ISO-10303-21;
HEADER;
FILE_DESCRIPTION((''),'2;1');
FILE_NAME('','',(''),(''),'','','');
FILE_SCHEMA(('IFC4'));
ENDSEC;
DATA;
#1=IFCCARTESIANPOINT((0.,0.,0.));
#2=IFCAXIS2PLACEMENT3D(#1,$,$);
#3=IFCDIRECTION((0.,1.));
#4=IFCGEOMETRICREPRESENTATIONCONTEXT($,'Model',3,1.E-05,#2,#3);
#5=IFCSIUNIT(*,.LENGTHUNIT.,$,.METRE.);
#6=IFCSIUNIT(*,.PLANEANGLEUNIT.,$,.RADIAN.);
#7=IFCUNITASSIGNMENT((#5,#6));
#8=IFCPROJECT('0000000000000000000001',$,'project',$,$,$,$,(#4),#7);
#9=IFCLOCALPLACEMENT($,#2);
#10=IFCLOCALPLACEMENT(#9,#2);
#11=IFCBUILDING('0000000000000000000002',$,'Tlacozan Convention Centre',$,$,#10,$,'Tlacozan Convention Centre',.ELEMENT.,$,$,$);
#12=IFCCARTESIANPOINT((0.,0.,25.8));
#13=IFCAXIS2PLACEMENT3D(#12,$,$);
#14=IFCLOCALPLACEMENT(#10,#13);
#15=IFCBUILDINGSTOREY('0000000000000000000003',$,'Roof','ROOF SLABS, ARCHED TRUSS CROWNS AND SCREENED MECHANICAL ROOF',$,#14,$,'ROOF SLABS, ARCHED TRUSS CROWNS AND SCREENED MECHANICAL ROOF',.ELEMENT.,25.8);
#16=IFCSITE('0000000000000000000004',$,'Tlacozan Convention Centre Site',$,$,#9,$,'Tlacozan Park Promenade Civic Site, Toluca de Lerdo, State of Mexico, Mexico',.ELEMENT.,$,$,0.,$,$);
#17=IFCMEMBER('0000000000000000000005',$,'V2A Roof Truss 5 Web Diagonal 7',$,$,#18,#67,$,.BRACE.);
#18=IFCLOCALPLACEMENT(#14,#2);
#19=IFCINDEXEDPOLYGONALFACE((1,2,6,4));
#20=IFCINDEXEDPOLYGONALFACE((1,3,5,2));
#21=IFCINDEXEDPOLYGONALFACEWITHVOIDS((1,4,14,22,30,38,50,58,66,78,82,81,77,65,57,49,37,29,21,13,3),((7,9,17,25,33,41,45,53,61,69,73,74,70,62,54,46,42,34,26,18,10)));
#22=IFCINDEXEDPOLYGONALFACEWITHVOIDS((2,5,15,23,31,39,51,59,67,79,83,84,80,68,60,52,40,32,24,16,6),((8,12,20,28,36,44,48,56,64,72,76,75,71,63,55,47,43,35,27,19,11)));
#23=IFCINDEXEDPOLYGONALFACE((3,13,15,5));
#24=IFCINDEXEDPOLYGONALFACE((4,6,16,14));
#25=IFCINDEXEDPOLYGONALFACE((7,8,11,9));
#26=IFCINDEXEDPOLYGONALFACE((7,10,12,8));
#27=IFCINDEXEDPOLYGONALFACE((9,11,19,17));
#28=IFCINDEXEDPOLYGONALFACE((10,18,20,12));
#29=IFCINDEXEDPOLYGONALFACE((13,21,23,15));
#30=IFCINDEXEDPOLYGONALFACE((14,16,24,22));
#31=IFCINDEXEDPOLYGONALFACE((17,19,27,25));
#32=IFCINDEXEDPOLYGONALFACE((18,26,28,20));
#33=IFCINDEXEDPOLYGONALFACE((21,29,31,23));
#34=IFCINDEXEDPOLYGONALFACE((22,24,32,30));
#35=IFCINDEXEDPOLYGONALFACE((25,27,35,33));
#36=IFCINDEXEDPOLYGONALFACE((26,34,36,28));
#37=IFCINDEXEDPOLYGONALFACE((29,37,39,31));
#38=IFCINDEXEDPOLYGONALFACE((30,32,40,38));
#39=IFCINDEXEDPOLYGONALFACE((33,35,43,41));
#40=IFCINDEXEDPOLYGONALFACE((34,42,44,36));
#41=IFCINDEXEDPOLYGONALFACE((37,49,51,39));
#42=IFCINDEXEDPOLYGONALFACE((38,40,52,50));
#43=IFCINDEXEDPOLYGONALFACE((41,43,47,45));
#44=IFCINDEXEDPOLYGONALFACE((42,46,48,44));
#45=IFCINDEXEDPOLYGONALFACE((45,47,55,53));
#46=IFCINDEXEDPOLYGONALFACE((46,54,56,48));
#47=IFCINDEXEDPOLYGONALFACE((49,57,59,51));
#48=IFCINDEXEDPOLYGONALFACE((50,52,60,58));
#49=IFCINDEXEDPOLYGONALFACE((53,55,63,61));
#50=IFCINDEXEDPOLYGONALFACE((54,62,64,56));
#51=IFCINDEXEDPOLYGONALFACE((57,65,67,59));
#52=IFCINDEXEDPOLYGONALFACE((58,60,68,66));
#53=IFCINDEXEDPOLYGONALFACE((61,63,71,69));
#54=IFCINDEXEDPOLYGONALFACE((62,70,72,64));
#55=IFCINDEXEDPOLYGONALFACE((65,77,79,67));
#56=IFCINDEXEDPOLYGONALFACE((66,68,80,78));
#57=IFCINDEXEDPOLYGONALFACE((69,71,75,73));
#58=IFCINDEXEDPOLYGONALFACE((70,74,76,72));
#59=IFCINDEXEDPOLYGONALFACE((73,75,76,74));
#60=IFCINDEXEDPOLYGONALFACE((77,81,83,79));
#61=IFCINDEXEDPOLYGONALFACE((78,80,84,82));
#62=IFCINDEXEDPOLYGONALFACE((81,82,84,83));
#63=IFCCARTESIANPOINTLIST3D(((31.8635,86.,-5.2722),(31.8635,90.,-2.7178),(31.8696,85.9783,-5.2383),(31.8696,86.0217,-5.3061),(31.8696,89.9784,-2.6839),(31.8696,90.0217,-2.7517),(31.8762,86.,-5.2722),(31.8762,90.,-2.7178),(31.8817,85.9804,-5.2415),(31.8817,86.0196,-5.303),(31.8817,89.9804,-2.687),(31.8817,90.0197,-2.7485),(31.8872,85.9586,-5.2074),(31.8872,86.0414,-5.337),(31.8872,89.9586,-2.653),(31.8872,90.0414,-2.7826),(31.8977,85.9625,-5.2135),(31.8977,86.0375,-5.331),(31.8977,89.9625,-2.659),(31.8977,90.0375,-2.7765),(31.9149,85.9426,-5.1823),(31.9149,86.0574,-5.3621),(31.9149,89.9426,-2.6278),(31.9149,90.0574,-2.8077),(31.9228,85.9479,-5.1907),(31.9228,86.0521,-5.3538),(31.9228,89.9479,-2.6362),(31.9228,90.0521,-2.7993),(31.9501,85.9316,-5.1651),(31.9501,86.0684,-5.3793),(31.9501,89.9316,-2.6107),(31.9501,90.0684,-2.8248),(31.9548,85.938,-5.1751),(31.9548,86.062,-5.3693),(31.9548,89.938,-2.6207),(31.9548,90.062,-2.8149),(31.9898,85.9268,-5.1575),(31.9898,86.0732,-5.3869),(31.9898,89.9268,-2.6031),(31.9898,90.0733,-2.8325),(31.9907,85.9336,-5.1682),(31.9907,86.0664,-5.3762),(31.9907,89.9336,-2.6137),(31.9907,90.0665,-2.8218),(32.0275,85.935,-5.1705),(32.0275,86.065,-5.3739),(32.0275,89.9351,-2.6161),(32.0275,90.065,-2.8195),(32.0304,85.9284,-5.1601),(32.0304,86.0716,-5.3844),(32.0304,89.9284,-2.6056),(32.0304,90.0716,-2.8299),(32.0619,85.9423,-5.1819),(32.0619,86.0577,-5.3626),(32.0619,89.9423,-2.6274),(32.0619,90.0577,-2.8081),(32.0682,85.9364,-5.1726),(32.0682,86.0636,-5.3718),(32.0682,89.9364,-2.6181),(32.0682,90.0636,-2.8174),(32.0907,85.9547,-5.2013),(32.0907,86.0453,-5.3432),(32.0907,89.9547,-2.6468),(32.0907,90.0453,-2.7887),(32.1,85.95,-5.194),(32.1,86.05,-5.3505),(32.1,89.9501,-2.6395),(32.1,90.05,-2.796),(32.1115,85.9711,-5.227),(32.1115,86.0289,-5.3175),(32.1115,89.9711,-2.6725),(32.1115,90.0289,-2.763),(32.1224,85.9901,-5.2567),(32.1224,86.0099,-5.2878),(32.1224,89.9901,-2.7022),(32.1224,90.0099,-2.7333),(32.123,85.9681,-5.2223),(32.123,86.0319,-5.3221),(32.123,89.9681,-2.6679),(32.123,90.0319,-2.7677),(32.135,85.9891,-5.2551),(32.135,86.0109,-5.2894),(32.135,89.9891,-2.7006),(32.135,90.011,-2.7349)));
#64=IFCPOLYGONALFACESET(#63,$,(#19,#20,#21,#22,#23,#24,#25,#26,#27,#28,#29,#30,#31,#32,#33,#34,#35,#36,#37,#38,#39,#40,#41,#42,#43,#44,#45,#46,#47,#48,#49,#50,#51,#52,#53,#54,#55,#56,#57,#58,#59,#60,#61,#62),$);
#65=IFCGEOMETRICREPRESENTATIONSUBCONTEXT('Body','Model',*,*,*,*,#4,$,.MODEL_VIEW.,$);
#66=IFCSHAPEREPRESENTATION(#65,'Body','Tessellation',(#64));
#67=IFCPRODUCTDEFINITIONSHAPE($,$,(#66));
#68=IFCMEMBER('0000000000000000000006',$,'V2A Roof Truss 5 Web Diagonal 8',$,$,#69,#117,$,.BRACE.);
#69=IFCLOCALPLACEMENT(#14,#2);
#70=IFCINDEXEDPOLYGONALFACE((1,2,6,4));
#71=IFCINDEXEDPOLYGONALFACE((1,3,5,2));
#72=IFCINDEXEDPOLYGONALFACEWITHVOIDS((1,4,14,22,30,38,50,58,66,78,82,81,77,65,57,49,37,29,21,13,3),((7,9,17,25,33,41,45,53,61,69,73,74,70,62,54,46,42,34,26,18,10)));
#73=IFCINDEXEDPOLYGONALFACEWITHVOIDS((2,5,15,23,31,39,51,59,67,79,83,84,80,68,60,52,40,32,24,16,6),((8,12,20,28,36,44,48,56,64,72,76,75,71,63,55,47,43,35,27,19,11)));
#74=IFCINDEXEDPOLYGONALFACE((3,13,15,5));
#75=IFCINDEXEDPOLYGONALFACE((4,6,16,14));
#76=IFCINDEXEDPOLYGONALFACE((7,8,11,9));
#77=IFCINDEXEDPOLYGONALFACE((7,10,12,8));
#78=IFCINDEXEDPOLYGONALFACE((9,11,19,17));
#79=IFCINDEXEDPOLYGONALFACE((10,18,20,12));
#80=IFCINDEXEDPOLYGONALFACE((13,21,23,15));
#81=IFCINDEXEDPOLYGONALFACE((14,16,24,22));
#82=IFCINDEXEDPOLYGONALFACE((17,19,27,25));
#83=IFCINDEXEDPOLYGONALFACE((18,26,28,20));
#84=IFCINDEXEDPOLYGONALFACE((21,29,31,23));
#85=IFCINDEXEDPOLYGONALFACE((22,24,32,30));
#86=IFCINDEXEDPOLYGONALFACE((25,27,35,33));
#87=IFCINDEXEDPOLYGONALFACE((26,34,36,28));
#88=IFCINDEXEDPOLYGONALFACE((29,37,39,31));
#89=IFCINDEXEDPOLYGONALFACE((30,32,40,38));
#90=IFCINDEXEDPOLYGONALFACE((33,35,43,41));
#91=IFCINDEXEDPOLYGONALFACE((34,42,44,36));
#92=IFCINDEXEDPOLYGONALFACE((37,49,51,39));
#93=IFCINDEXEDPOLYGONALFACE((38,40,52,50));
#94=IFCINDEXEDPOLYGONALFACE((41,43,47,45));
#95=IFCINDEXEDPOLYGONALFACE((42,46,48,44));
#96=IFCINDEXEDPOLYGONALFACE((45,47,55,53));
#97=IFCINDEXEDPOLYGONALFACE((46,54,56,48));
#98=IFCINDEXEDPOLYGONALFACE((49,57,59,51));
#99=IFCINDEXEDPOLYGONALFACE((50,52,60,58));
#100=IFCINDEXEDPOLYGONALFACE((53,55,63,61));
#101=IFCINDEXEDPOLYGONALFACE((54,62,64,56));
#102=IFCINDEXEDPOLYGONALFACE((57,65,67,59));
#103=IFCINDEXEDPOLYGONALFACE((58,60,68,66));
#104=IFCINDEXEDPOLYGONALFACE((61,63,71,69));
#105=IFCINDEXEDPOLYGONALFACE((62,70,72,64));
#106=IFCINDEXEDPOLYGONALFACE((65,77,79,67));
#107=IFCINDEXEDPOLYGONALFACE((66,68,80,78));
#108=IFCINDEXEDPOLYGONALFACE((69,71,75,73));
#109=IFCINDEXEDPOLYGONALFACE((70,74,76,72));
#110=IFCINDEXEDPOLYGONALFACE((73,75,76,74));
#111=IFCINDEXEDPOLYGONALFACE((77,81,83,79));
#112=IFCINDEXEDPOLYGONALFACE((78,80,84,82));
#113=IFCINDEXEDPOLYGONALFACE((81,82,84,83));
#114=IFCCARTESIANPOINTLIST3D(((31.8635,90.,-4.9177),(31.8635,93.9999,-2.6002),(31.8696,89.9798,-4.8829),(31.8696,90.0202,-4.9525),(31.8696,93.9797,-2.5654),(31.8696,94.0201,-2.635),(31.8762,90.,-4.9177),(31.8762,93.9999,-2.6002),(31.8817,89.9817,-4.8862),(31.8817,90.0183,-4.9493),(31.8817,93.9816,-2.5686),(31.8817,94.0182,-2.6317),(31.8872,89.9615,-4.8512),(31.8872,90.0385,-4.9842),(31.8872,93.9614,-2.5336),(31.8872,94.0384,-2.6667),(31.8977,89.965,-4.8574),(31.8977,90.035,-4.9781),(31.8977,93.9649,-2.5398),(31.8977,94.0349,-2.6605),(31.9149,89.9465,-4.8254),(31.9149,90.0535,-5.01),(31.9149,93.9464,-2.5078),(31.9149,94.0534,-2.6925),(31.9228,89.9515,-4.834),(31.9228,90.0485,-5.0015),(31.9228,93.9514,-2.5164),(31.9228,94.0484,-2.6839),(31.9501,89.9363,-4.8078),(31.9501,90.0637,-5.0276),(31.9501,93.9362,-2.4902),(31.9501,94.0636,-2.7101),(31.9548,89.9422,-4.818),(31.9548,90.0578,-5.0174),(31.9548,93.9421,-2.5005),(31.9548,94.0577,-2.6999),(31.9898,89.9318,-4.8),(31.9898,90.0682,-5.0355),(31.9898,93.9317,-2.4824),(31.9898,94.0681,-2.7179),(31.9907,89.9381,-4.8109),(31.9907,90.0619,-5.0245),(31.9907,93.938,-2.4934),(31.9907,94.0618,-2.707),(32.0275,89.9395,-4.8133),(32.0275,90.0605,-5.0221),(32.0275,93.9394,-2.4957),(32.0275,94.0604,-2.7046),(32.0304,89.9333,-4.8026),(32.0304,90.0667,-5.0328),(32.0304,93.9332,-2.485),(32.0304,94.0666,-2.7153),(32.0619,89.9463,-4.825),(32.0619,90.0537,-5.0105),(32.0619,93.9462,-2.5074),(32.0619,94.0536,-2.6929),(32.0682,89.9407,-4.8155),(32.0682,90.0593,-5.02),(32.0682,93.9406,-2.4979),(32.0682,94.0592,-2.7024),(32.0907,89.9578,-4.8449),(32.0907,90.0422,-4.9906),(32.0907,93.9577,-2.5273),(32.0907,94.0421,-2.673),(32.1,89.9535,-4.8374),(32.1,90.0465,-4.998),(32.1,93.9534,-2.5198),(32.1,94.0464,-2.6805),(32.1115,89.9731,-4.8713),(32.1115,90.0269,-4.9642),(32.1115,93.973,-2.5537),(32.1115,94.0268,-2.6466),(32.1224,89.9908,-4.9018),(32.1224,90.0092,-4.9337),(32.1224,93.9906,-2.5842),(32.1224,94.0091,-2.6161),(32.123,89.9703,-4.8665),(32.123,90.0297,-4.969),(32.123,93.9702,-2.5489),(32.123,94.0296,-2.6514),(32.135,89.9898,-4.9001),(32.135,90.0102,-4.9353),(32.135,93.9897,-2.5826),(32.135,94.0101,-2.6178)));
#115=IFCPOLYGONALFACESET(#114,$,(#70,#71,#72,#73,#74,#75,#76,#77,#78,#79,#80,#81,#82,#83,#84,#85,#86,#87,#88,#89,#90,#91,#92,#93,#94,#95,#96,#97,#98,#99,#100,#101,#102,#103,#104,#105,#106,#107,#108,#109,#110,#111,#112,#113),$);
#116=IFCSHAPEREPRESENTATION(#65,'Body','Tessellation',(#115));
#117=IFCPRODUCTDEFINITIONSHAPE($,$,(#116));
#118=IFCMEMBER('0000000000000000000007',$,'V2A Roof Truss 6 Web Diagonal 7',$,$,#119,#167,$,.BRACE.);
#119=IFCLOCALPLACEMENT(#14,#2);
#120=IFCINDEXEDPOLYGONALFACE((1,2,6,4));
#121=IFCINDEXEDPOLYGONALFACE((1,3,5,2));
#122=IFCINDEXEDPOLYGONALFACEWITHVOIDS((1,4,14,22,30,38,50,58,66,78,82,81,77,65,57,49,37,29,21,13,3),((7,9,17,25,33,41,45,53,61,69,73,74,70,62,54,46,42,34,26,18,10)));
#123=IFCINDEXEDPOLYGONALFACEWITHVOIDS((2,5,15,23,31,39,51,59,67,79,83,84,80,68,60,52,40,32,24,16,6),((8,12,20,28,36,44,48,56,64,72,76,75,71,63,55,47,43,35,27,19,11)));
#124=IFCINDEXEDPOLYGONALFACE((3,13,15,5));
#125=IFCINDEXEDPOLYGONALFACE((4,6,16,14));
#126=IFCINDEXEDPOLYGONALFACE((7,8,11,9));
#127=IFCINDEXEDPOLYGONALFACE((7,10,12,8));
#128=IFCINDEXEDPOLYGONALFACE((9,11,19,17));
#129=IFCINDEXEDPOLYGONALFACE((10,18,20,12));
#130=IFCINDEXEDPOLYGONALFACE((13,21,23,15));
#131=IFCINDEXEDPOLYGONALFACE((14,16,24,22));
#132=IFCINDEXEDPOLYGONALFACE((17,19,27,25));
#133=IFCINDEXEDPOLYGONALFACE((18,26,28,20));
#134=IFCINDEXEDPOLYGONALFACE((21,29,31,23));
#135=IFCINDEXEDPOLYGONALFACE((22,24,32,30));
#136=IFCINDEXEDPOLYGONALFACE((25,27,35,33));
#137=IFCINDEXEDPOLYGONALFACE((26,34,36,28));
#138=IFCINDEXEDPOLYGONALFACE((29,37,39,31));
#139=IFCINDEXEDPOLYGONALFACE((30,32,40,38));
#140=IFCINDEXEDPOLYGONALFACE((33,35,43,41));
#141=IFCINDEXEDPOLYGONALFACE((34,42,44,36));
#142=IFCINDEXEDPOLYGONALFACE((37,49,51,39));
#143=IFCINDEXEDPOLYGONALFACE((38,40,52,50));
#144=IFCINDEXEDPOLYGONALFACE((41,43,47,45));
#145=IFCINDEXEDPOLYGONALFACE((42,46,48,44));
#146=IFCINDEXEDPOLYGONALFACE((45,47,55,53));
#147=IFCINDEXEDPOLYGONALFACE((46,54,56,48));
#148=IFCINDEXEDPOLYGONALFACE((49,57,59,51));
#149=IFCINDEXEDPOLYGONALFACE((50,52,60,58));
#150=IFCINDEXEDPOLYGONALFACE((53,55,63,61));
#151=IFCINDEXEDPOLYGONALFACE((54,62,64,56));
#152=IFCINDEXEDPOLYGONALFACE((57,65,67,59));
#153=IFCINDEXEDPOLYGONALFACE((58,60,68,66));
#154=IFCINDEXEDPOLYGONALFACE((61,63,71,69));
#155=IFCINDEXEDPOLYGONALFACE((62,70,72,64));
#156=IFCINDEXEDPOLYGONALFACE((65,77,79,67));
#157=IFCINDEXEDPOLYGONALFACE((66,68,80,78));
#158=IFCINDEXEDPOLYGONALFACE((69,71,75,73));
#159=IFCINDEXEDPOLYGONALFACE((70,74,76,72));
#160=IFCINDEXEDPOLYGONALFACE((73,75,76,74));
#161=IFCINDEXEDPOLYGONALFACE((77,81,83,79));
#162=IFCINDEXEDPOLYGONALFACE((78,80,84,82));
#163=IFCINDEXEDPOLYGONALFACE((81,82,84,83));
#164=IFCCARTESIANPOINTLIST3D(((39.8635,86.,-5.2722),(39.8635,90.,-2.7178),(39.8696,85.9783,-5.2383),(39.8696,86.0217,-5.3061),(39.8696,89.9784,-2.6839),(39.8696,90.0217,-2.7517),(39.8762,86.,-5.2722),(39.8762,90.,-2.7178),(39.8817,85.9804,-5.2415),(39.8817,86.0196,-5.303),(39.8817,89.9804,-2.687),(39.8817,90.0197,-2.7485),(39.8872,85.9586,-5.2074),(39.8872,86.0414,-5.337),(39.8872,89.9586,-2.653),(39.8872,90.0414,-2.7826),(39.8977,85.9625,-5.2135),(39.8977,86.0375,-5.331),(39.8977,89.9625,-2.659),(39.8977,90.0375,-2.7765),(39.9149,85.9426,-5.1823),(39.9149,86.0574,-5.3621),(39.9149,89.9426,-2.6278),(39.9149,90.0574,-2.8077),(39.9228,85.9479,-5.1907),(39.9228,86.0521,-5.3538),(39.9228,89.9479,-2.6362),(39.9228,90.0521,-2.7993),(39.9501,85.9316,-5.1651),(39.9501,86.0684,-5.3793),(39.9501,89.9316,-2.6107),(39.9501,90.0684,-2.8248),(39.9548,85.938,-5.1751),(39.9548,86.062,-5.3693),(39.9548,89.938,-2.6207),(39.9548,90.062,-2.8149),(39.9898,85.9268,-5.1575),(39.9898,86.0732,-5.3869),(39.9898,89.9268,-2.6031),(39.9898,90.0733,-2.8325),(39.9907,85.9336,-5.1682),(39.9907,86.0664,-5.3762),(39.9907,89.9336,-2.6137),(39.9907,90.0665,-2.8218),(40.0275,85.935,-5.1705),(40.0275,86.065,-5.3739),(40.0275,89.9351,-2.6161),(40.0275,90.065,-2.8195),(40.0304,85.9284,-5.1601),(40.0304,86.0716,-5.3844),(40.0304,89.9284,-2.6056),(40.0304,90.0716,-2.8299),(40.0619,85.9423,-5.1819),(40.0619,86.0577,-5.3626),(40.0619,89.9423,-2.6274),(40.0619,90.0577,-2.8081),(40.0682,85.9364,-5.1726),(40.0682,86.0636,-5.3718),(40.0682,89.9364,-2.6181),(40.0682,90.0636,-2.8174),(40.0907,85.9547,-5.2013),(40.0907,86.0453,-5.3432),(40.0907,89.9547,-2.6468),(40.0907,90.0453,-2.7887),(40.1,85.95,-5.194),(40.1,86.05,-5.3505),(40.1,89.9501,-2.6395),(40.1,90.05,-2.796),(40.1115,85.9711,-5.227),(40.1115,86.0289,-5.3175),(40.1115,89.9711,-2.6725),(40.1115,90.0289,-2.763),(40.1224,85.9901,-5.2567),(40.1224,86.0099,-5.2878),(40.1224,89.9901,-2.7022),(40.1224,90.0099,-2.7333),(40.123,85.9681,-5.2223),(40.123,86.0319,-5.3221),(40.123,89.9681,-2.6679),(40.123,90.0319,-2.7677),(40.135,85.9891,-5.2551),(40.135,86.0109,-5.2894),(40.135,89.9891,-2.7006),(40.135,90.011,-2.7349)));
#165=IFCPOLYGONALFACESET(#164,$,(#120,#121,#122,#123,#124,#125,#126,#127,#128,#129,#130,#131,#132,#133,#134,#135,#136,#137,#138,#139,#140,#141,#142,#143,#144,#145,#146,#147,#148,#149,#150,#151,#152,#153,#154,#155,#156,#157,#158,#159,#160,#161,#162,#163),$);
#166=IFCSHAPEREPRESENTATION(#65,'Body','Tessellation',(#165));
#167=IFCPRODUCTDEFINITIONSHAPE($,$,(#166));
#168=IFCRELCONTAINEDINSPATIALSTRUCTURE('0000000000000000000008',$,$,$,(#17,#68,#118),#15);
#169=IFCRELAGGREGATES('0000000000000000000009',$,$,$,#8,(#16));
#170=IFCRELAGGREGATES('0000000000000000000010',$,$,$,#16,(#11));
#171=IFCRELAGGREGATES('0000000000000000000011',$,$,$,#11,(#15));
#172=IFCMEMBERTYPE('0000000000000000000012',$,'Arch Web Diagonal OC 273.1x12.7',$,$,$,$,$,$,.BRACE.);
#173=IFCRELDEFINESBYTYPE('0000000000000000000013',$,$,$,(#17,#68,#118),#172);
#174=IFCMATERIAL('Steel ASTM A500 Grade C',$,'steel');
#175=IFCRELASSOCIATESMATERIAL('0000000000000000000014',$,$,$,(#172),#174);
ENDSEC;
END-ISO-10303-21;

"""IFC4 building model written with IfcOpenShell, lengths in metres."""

from ifc_helpers import new_model, si_unit, direction, frame, origin, origin_2d, place, context, subcontext, project, spatial, hollow_circle, extrude, material, material_profile, profile_set, type_object, element, save


model = new_model("IFC4")

# Units and contexts
model_context = context("Model", 3, precision=1e-05, world=origin(), true_north=direction((0.0, 1.0)))
body_context = subcontext(model_context, "Body", "Model", "MODEL_VIEW")
ifc_project = project(units=[si_unit("LENGTHUNIT", "METRE"), si_unit("PLANEANGLEUNIT", "RADIAN")], contexts=[model_context])

# Site, building, storey
site_placement = place(None, origin())
site = spatial("IfcSite", under=ifc_project, at=site_placement, Name="Tlacozan Convention Centre Site", LongName="Tlacozan Park Promenade Civic Site, Toluca de Lerdo, State of Mexico, Mexico", CompositionType="ELEMENT", RefElevation=0.0)
building_placement = place(site_placement, origin())
building = spatial("IfcBuilding", under=site, at=building_placement, Name="Tlacozan Convention Centre", LongName="Tlacozan Convention Centre", CompositionType="ELEMENT")
storey_placement = place(building_placement, frame((0.0, 0.0, 25.8)))
storey = spatial("IfcBuildingStorey", under=building, at=storey_placement, Name="Roof", Description="ROOF SLABS, ARCHED TRUSS CROWNS AND SCREENED MECHANICAL ROOF", LongName="ROOF SLABS, ARCHED TRUSS CROWNS AND SCREENED MECHANICAL ROOF", CompositionType="ELEMENT", Elevation=25.8)

# Members
ifc_material_1 = material(Name="Steel ASTM A500 Grade C", Category="steel")
ifc_material_profile_1 = material_profile(ifc_material_1, hollow_circle(Radius=0.1365, WallThickness=0.0127, at=origin_2d()), Name="OC 273.1x12.7")
ifc_profile_set_1 = profile_set([ifc_material_profile_1], Name="Steel ASTM A500 Grade C")
member_type_1 = type_object("IfcMemberType", Name="Arch Web Diagonal OC 273.1x12.7", PredefinedType="BRACE", material=ifc_profile_set_1)
member_1_placement = place(storey_placement, frame((32.0, 86.0, -5.2722), z_axis=(0.0, 0.842803, 0.538223), x_axis=(-1.0, 0.0, 0.0)))
element("IfcMember", 1, at=member_1_placement, inside=storey, type_object=member_type_1, Name="V2A Roof Truss 5 Web Diagonal 7", PredefinedType="BRACE", context=body_context, shape_type="SweptSolid", body=[
    extrude(hollow_circle(Radius=0.1365, WallThickness=0.0127, at=origin_2d()), origin(), (0.0, 0.0, 1.0), 4.7461),
])
member_2_placement = place(storey_placement, frame((32.0, 90.0, -4.9177), z_axis=(0.0, 0.865254, 0.501334), x_axis=(-1.0, 0.0, 0.0)))
element("IfcMember", 2, at=member_2_placement, inside=storey, type_object=member_type_1, Name="V2A Roof Truss 5 Web Diagonal 8", PredefinedType="BRACE", context=body_context, shape_type="SweptSolid", body=[
    extrude(hollow_circle(Radius=0.1365, WallThickness=0.0127, at=origin_2d()), origin(), (0.0, 0.0, 1.0), 4.6228),
])
member_3_placement = place(storey_placement, frame((40.0, 86.0, -5.2722), z_axis=(0.0, 0.842803, 0.538223), x_axis=(-1.0, 0.0, 0.0)))
element("IfcMember", 3, at=member_3_placement, inside=storey, type_object=member_type_1, Name="V2A Roof Truss 6 Web Diagonal 7", PredefinedType="BRACE", context=body_context, shape_type="SweptSolid", body=[
    extrude(hollow_circle(Radius=0.1365, WallThickness=0.0127, at=origin_2d()), origin(), (0.0, 0.0, 1.0), 4.7461),
])

save(model, "model.ifc")
